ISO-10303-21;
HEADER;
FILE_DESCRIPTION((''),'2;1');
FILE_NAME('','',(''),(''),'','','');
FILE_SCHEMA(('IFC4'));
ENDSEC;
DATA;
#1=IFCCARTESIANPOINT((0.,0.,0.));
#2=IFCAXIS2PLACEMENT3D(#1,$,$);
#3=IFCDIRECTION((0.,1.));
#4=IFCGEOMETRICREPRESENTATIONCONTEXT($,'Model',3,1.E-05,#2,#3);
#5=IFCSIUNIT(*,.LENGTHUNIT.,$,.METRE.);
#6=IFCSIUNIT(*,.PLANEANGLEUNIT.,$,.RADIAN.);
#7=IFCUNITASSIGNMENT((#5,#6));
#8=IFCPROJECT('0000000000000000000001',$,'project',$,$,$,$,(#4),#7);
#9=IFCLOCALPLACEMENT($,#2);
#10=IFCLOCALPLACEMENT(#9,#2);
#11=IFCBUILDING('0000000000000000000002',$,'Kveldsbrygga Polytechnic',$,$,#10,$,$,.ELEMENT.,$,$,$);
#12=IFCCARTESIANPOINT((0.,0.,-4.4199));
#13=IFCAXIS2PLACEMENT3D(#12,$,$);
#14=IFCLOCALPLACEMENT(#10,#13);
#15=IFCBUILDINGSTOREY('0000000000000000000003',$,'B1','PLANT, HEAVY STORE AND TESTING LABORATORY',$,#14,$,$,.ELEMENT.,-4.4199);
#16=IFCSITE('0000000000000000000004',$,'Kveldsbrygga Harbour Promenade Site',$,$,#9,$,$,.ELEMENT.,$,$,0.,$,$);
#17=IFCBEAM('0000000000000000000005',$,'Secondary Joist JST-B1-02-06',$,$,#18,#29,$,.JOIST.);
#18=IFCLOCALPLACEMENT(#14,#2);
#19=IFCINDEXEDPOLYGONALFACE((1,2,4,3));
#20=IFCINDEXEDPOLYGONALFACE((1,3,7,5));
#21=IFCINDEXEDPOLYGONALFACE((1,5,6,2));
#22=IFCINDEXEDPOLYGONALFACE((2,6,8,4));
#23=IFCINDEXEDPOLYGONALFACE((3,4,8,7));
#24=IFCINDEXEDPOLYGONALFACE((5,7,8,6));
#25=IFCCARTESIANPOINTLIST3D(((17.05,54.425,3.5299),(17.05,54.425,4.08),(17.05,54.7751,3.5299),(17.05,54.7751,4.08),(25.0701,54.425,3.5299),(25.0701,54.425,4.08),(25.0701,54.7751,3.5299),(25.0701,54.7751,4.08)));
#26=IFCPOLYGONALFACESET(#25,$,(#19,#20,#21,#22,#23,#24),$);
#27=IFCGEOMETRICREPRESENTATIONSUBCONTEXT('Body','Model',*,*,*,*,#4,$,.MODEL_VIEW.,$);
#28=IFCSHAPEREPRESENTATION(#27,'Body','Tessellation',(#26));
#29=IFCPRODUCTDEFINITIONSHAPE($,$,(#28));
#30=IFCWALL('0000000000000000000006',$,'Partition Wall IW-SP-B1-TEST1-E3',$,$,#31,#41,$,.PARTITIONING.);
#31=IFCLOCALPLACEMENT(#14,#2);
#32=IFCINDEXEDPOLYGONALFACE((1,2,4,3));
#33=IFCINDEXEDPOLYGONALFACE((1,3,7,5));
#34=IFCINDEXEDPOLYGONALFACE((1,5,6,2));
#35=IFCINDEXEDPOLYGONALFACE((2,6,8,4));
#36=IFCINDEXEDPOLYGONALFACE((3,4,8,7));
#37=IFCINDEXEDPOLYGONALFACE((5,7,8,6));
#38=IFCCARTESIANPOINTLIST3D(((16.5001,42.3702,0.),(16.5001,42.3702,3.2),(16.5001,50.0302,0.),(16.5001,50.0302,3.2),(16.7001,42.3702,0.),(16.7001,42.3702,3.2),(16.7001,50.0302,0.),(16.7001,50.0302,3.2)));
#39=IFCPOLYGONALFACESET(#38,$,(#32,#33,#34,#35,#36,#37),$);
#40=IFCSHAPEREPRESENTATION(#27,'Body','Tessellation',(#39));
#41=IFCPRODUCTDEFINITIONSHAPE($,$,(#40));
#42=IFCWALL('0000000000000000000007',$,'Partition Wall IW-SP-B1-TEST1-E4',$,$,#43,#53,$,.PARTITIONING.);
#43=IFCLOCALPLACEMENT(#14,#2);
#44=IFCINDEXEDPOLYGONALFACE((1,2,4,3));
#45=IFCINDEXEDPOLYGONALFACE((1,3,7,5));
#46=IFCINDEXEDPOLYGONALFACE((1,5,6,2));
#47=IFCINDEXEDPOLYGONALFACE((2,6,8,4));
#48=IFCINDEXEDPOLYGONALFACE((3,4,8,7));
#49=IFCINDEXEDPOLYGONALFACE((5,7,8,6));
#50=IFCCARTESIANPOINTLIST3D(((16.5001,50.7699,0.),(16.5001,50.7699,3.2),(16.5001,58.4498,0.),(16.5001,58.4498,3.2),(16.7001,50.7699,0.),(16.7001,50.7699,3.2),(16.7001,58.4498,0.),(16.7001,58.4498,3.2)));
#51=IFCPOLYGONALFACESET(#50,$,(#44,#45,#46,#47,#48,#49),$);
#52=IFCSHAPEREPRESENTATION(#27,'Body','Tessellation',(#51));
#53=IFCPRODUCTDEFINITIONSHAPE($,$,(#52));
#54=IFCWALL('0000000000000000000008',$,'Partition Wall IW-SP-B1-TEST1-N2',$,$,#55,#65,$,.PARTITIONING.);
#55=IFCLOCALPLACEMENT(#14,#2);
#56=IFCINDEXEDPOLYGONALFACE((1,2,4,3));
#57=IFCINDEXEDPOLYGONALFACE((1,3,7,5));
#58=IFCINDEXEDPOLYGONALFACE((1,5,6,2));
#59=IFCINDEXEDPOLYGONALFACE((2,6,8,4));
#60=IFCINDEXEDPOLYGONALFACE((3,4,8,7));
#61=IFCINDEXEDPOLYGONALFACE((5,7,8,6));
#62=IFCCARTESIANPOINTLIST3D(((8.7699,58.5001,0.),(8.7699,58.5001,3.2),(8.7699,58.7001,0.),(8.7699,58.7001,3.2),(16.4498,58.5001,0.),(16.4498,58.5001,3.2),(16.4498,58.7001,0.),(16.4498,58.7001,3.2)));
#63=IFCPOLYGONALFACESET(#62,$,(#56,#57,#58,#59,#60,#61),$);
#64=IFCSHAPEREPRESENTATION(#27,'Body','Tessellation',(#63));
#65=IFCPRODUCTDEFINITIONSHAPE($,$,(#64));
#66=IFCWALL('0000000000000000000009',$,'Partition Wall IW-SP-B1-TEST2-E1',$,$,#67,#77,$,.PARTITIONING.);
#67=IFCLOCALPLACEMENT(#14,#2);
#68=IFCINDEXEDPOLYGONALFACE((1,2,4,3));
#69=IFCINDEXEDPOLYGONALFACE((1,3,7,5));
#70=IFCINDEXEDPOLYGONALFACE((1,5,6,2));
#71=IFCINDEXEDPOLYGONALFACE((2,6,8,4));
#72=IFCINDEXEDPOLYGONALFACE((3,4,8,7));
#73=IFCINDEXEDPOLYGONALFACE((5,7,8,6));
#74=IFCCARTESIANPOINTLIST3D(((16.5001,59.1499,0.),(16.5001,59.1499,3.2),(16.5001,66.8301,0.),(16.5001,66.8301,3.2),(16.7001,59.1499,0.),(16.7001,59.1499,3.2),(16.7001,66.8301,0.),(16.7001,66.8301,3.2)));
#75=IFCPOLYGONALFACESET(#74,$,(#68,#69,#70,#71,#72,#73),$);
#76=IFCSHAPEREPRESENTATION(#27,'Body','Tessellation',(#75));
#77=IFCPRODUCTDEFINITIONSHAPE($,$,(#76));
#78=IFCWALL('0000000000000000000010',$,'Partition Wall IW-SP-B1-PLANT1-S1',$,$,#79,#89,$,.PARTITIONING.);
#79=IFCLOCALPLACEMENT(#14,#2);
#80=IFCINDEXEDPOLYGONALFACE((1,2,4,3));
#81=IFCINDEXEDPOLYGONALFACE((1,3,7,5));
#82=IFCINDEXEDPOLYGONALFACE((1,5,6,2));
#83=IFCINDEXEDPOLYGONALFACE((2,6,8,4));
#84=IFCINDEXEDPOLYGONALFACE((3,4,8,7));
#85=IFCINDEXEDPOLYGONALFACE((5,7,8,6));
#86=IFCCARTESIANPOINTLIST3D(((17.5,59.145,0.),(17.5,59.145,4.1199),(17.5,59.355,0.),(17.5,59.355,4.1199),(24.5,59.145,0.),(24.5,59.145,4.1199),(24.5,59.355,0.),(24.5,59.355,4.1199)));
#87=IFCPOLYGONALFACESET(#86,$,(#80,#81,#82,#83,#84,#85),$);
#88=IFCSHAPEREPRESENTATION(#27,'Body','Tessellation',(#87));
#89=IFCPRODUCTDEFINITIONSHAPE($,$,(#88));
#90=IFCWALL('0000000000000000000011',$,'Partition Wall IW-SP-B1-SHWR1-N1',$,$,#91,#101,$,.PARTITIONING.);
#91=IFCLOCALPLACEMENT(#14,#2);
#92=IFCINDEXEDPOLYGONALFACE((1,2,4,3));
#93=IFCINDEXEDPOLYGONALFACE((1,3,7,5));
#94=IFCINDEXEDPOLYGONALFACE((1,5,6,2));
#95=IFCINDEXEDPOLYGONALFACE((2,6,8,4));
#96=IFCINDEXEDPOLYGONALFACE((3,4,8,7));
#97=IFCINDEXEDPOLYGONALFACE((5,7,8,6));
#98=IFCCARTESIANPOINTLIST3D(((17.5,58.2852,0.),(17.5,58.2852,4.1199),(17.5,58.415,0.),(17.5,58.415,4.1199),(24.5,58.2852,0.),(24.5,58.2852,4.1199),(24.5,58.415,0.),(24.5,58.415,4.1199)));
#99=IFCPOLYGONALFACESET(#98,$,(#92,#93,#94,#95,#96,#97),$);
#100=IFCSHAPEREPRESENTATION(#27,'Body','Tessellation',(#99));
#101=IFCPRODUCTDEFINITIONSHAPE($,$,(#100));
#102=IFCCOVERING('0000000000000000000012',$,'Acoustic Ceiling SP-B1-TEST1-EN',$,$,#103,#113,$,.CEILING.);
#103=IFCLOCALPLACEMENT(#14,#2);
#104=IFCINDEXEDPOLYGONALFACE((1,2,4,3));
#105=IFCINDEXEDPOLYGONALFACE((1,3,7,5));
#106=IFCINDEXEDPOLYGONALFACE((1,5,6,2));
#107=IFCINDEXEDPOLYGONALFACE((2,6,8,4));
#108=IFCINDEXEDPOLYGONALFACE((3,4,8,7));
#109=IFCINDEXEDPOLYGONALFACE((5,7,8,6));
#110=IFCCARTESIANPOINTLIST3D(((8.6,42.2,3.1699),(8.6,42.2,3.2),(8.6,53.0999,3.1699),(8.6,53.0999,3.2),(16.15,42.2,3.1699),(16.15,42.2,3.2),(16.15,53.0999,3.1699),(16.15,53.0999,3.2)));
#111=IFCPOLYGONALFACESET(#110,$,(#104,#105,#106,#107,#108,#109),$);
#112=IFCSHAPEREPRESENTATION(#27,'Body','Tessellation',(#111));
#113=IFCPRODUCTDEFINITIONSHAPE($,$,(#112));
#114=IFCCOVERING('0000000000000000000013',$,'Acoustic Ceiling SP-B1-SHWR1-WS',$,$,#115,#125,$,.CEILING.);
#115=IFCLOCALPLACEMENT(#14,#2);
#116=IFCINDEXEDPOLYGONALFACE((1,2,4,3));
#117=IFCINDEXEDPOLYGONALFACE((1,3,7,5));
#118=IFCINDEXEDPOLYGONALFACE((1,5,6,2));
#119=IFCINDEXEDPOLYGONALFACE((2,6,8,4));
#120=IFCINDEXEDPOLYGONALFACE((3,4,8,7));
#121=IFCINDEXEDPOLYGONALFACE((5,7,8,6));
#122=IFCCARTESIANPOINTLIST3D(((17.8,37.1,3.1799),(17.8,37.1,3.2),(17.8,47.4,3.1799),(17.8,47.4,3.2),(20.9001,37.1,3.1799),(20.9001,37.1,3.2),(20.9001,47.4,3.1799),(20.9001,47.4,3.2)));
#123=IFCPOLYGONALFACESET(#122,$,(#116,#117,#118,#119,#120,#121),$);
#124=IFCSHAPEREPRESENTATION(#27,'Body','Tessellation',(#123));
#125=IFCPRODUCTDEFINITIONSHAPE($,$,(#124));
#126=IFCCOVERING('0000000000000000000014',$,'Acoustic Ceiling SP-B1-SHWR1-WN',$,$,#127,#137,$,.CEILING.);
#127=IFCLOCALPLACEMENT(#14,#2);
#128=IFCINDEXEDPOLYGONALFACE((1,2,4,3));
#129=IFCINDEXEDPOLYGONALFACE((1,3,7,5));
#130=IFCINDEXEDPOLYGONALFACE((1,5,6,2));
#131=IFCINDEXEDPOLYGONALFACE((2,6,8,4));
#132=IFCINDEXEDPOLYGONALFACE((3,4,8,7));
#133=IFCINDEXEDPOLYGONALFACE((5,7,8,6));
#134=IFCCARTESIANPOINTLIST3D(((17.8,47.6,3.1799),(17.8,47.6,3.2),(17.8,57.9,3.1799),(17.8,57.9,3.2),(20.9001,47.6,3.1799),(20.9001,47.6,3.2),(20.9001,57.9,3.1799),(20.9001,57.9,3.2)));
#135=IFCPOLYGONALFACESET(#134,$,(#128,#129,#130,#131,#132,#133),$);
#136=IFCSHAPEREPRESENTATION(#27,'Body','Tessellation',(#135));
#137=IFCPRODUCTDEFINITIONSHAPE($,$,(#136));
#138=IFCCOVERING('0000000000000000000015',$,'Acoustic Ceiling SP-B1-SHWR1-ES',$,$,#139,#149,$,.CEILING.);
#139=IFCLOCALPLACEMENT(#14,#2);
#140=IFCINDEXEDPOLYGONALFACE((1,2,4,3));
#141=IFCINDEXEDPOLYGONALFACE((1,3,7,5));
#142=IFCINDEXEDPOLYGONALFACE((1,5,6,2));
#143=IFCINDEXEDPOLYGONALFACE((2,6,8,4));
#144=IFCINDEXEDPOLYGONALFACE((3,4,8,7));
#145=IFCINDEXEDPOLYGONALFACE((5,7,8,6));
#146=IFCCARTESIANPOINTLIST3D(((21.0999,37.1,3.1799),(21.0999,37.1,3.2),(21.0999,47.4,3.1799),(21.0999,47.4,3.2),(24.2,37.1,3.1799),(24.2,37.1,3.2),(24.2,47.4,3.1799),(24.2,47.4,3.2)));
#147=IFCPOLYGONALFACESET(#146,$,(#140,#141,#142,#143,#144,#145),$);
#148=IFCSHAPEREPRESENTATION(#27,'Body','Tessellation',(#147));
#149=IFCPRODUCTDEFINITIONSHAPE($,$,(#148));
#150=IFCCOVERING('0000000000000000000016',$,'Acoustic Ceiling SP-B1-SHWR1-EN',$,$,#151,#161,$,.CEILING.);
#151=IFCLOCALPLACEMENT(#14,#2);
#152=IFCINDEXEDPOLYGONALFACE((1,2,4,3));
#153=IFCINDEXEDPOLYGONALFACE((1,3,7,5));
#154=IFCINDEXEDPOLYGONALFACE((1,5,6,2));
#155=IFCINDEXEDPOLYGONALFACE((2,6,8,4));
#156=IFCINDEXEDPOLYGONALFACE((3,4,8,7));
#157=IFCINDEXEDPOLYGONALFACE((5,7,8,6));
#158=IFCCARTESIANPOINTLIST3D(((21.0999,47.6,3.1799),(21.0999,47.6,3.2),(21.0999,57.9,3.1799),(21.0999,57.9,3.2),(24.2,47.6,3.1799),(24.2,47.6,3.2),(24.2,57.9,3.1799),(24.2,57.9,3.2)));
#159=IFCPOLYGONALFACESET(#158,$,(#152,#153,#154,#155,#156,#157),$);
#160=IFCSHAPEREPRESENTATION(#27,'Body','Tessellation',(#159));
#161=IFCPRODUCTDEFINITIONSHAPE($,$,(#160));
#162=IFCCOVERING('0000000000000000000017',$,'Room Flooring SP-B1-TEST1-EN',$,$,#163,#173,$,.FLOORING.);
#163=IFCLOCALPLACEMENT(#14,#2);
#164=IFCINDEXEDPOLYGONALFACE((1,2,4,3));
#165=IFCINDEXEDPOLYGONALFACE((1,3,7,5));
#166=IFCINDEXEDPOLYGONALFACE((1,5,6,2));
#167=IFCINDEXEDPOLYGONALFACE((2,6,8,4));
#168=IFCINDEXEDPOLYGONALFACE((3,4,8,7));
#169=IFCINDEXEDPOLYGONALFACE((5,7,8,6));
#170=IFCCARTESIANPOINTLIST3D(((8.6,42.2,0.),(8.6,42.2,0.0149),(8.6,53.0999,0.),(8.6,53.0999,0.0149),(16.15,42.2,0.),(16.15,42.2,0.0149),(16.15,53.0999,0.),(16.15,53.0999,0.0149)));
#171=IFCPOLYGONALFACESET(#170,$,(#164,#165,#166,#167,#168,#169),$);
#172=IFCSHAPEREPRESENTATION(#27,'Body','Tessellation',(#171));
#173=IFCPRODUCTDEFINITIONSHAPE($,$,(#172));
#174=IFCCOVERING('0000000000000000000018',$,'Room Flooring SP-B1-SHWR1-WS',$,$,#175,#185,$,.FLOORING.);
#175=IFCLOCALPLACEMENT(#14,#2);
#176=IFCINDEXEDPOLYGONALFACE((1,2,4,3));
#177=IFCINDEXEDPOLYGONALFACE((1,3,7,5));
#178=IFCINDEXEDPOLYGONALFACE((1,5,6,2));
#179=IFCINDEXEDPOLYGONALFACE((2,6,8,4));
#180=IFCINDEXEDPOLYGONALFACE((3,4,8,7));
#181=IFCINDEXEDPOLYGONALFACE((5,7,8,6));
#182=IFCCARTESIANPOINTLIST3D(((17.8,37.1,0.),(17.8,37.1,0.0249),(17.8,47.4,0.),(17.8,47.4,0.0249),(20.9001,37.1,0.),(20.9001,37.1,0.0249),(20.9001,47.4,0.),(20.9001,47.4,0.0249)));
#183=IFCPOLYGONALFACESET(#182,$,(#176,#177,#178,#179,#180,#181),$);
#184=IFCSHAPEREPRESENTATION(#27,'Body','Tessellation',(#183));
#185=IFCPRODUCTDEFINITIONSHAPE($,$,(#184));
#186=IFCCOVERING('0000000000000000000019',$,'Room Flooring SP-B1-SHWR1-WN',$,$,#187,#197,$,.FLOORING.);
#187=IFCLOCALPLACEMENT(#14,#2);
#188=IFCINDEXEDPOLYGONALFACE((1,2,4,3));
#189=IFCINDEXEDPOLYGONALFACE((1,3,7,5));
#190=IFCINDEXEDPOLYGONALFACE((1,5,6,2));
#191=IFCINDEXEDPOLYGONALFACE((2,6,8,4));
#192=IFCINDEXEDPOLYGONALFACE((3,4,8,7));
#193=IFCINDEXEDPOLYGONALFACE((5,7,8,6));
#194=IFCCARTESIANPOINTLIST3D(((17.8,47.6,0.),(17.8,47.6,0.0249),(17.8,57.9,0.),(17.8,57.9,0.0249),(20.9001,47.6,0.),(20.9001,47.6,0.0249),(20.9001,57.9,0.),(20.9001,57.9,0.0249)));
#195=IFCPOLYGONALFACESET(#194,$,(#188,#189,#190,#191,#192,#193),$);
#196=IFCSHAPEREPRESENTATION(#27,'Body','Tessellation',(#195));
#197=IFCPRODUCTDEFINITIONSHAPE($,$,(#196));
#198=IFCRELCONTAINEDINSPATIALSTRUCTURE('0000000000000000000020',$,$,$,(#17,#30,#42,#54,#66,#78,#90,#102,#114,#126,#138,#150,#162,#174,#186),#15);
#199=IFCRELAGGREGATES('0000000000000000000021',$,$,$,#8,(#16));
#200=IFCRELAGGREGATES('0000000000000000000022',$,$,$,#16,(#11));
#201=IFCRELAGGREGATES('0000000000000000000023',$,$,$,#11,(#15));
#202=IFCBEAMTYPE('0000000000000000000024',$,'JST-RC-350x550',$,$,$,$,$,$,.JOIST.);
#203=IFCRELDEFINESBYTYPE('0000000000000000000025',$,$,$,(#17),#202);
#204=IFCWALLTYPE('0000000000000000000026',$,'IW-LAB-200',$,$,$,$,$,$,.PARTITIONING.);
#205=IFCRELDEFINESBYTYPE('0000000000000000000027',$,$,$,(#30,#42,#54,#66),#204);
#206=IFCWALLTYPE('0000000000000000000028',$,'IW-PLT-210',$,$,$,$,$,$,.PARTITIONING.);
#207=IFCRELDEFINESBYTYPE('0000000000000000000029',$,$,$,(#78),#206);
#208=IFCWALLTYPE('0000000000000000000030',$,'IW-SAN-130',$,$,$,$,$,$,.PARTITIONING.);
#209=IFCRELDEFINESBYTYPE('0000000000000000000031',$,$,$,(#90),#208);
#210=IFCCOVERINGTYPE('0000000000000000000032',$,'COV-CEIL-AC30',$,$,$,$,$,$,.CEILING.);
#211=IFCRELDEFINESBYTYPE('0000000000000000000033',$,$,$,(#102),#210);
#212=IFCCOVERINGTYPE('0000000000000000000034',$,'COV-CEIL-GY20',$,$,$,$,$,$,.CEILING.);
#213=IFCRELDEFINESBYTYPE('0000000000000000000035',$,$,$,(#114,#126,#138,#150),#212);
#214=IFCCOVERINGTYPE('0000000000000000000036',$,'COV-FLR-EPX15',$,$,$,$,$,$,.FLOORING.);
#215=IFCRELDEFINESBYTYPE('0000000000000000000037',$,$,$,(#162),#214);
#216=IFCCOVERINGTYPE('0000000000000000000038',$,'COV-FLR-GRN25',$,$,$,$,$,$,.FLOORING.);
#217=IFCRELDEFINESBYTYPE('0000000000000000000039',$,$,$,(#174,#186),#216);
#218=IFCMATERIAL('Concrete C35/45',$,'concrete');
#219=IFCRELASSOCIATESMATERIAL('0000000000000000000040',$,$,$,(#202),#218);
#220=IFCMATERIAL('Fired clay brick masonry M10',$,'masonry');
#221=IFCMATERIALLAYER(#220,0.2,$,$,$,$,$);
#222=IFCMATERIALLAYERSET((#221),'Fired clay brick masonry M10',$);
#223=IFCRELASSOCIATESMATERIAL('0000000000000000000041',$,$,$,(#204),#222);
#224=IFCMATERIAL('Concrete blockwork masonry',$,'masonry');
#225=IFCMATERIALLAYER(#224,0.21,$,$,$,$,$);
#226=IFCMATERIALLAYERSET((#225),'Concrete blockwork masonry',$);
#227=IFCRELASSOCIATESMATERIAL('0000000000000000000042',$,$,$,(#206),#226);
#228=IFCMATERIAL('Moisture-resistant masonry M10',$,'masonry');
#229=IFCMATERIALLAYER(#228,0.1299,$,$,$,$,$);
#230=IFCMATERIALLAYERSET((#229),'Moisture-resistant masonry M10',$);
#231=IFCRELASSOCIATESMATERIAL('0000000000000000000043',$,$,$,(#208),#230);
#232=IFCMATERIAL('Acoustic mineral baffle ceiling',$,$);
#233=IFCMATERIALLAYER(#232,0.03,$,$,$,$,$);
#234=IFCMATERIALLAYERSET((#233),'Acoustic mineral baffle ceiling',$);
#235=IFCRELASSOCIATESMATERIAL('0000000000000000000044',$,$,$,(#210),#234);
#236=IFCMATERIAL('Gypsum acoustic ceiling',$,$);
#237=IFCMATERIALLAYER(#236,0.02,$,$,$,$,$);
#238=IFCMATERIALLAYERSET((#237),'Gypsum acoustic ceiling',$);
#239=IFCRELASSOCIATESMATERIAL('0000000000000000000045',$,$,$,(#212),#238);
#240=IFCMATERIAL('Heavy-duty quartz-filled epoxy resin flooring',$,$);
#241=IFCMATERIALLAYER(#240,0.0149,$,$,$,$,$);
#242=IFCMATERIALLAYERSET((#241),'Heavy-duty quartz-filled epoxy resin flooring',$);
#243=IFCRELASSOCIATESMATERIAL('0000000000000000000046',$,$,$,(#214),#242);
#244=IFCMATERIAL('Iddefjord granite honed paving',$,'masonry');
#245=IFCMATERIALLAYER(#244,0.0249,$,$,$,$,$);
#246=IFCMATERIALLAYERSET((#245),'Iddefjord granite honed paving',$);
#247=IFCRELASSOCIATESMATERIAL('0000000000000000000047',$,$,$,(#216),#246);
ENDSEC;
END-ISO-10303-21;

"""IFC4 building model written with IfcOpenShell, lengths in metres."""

from ifc_helpers import new_model, si_unit, direction, frame, frame_2d, origin, origin_2d, place, context, subcontext, project, spatial, rectangle, extrude, material, layer, layer_set, material_profile, profile_set, type_object, element, save


model = new_model("IFC4")

# Units and contexts
model_context = context("Model", 3, precision=1e-05, world=origin(), true_north=direction((0.0, 1.0)))
body_context = subcontext(model_context, "Body", "Model", "MODEL_VIEW")
ifc_project = project(units=[si_unit("LENGTHUNIT", "METRE"), si_unit("PLANEANGLEUNIT", "RADIAN")], contexts=[model_context])

# Site, building, storey
site_placement = place(None, origin())
site = spatial("IfcSite", under=ifc_project, at=site_placement, Name="Kveldsbrygga Harbour Promenade Site", CompositionType="ELEMENT", RefElevation=0.0)
building_placement = place(site_placement, origin())
building = spatial("IfcBuilding", under=site, at=building_placement, Name="Kveldsbrygga Polytechnic", CompositionType="ELEMENT")
storey_placement = place(building_placement, frame((0.0, 0.0, -4.4199)))
storey = spatial("IfcBuildingStorey", under=building, at=storey_placement, Name="B1", Description="PLANT, HEAVY STORE AND TESTING LABORATORY", CompositionType="ELEMENT", Elevation=-4.4199)

# Shared definitions
ifc_material_1 = material(Name="Concrete C35/45", Category="concrete")

# Beam
ifc_material_profile_1 = material_profile(ifc_material_1, rectangle(XDim=0.3501, YDim=0.55, at=origin_2d()), Name="RC 350x550")
ifc_profile_set_1 = profile_set([ifc_material_profile_1], Name="Concrete C35/45")
beam_type_1 = type_object("IfcBeamType", Name="JST-RC-350x550", PredefinedType="JOIST", material=ifc_profile_set_1)
beam_1_placement = place(storey_placement, frame((17.05, 54.6001, 3.8049), z_axis=(1.0, 0.0, 0.0), x_axis=(0.0, 1.0, 0.0)))
element("IfcBeam", 1, at=beam_1_placement, inside=storey, type_object=beam_type_1, Name="Secondary Joist JST-B1-02-06", PredefinedType="JOIST", context=body_context, shape_type="SweptSolid", body=[
    extrude(rectangle(XDim=0.3501, YDim=0.55, at=origin_2d()), origin(), (0.0, 0.0, 1.0), 8.02),
])

# Walls
ifc_material_2 = material(Name="Fired clay brick masonry M10", Category="masonry")
ifc_layer_1 = layer(ifc_material_2, 0.2)
ifc_layer_set_1 = layer_set([ifc_layer_1], Name="Fired clay brick masonry M10")
wall_type_1 = type_object("IfcWallType", Name="IW-LAB-200", PredefinedType="PARTITIONING", material=ifc_layer_set_1)
wall_1_placement = place(storey_placement, frame((16.6001, 42.3701, 0.0), z_axis=(0.0, 0.0, 1.0), x_axis=(0.0, 1.0, 0.0)))
element("IfcWall", 2, at=wall_1_placement, inside=storey, type_object=wall_type_1, Name="Partition Wall IW-SP-B1-TEST1-E3", PredefinedType="PARTITIONING", context=body_context, shape_type="SweptSolid", body=[
    extrude(rectangle(XDim=7.6599, YDim=0.2, at=frame_2d((3.8301, 0.0))), origin(), (0.0, 0.0, 1.0), 3.2),
])
for number, where, z_axis, x_axis, name in (
    (3, (16.6001, 50.77, 0.0), (0.0, 0.0, 1.0), (0.0, 1.0, 0.0), "Partition Wall IW-SP-B1-TEST1-E4"),
    (4, (8.77, 58.6001, 0.0), (0.0, 0.0, 1.0), (1.0, 0.0, 0.0), "Partition Wall IW-SP-B1-TEST1-N2"),
):
    element("IfcWall", number, at=place(storey_placement, frame(where, z_axis=z_axis, x_axis=x_axis)), inside=storey, type_object=wall_type_1, Name=name, PredefinedType="PARTITIONING", context=body_context, shape_type="SweptSolid", body=[
        extrude(rectangle(XDim=7.6799, YDim=0.2, at=frame_2d((3.8398, 0.0))), origin(), (0.0, 0.0, 1.0), 3.2),
    ])
wall_2_placement = place(storey_placement, frame((16.6001, 59.1499, 0.0), z_axis=(0.0, 0.0, 1.0), x_axis=(0.0, 1.0, 0.0)))
element("IfcWall", 5, at=wall_2_placement, inside=storey, type_object=wall_type_1, Name="Partition Wall IW-SP-B1-TEST2-E1", PredefinedType="PARTITIONING", context=body_context, shape_type="SweptSolid", body=[
    extrude(rectangle(XDim=7.6802, YDim=0.2, at=frame_2d((3.8401, 0.0))), origin(), (0.0, 0.0, 1.0), 3.2),
])
ifc_material_3 = material(Name="Concrete blockwork masonry", Category="masonry")
ifc_layer_2 = layer(ifc_material_3, 0.21)
ifc_layer_set_2 = layer_set([ifc_layer_2], Name="Concrete blockwork masonry")
wall_type_2 = type_object("IfcWallType", Name="IW-PLT-210", PredefinedType="PARTITIONING", material=ifc_layer_set_2)
wall_3_placement = place(storey_placement, frame((17.5, 59.25, 0.0), z_axis=(0.0, 0.0, 1.0), x_axis=(1.0, 0.0, 0.0)))
element("IfcWall", 6, at=wall_3_placement, inside=storey, type_object=wall_type_2, Name="Partition Wall IW-SP-B1-PLANT1-S1", PredefinedType="PARTITIONING", context=body_context, shape_type="SweptSolid", body=[
    extrude(rectangle(XDim=7.0, YDim=0.21, at=frame_2d((3.5, 0.0))), origin(), (0.0, 0.0, 1.0), 4.1199),
])
ifc_material_4 = material(Name="Moisture-resistant masonry M10", Category="masonry")
ifc_layer_3 = layer(ifc_material_4, 0.1299)
ifc_layer_set_3 = layer_set([ifc_layer_3], Name="Moisture-resistant masonry M10")
wall_type_3 = type_object("IfcWallType", Name="IW-SAN-130", PredefinedType="PARTITIONING", material=ifc_layer_set_3)
wall_4_placement = place(storey_placement, frame((17.5, 58.3501, 0.0), z_axis=(0.0, 0.0, 1.0), x_axis=(1.0, 0.0, 0.0)))
element("IfcWall", 7, at=wall_4_placement, inside=storey, type_object=wall_type_3, Name="Partition Wall IW-SP-B1-SHWR1-N1", PredefinedType="PARTITIONING", context=body_context, shape_type="SweptSolid", body=[
    extrude(rectangle(XDim=7.0, YDim=0.1299, at=frame_2d((3.5, 0.0))), origin(), (0.0, 0.0, 1.0), 4.1199),
])

# Coverings
ifc_material_5 = material(Name="Acoustic mineral baffle ceiling")
ifc_layer_4 = layer(ifc_material_5, 0.03)
ifc_layer_set_4 = layer_set([ifc_layer_4], Name="Acoustic mineral baffle ceiling")
covering_type_1 = type_object("IfcCoveringType", Name="COV-CEIL-AC30", PredefinedType="CEILING", material=ifc_layer_set_4)
covering_1_placement = place(storey_placement, frame((12.375, 47.6499, 3.1699), z_axis=(0.0, 0.0, 1.0), x_axis=(1.0, 0.0, 0.0)))
element("IfcCovering", 8, at=covering_1_placement, inside=storey, type_object=covering_type_1, Name="Acoustic Ceiling SP-B1-TEST1-EN", PredefinedType="CEILING", context=body_context, shape_type="SweptSolid", body=[
    extrude(rectangle(XDim=7.55, YDim=10.8999, at=origin_2d()), origin(), (0.0, 0.0, 1.0), 0.03),
])
ifc_material_6 = material(Name="Gypsum acoustic ceiling")
ifc_layer_5 = layer(ifc_material_6, 0.02)
ifc_layer_set_5 = layer_set([ifc_layer_5], Name="Gypsum acoustic ceiling")
covering_type_2 = type_object("IfcCoveringType", Name="COV-CEIL-GY20", PredefinedType="CEILING", material=ifc_layer_set_5)
for number, where, z_axis, x_axis, name in (
    (9, (19.3501, 42.25, 3.1799), (0.0, 0.0, 1.0), (1.0, 0.0, 0.0), "Acoustic Ceiling SP-B1-SHWR1-WS"),
    (10, (19.3501, 52.75, 3.1799), (0.0, 0.0, 1.0), (1.0, 0.0, 0.0), "Acoustic Ceiling SP-B1-SHWR1-WN"),
    (11, (22.6499, 42.25, 3.1799), (0.0, 0.0, 1.0), (1.0, 0.0, 0.0), "Acoustic Ceiling SP-B1-SHWR1-ES"),
    (12, (22.6499, 52.75, 3.1799), (0.0, 0.0, 1.0), (1.0, 0.0, 0.0), "Acoustic Ceiling SP-B1-SHWR1-EN"),
):
    element("IfcCovering", number, at=place(storey_placement, frame(where, z_axis=z_axis, x_axis=x_axis)), inside=storey, type_object=covering_type_2, Name=name, PredefinedType="CEILING", context=body_context, shape_type="SweptSolid", body=[
        extrude(rectangle(XDim=3.1001, YDim=10.3, at=origin_2d()), origin(), (0.0, 0.0, 1.0), 0.02),
    ])
ifc_material_7 = material(Name="Heavy-duty quartz-filled epoxy resin flooring")
ifc_layer_6 = layer(ifc_material_7, 0.0149)
ifc_layer_set_6 = layer_set([ifc_layer_6], Name="Heavy-duty quartz-filled epoxy resin flooring")
covering_type_3 = type_object("IfcCoveringType", Name="COV-FLR-EPX15", PredefinedType="FLOORING", material=ifc_layer_set_6)
covering_2_placement = place(storey_placement, frame((12.375, 47.6499, 0.0), z_axis=(0.0, 0.0, 1.0), x_axis=(1.0, 0.0, 0.0)))
element("IfcCovering", 13, at=covering_2_placement, inside=storey, type_object=covering_type_3, Name="Room Flooring SP-B1-TEST1-EN", PredefinedType="FLOORING", context=body_context, shape_type="SweptSolid", body=[
    extrude(rectangle(XDim=7.55, YDim=10.8999, at=origin_2d()), origin(), (0.0, 0.0, 1.0), 0.0149),
])
ifc_material_8 = material(Name="Iddefjord granite honed paving", Category="masonry")
ifc_layer_7 = layer(ifc_material_8, 0.0249)
ifc_layer_set_7 = layer_set([ifc_layer_7], Name="Iddefjord granite honed paving")
covering_type_4 = type_object("IfcCoveringType", Name="COV-FLR-GRN25", PredefinedType="FLOORING", material=ifc_layer_set_7)
for number, where, z_axis, x_axis, name in (
    (14, (19.3501, 42.25, 0.0), (0.0, 0.0, 1.0), (1.0, 0.0, 0.0), "Room Flooring SP-B1-SHWR1-WS"),
    (15, (19.3501, 52.75, 0.0), (0.0, 0.0, 1.0), (1.0, 0.0, 0.0), "Room Flooring SP-B1-SHWR1-WN"),
):
    element("IfcCovering", number, at=place(storey_placement, frame(where, z_axis=z_axis, x_axis=x_axis)), inside=storey, type_object=covering_type_4, Name=name, PredefinedType="FLOORING", context=body_context, shape_type="SweptSolid", body=[
        extrude(rectangle(XDim=3.1001, YDim=10.3, at=origin_2d()), origin(), (0.0, 0.0, 1.0), 0.0249),
    ])

save(model, "model.ifc")
